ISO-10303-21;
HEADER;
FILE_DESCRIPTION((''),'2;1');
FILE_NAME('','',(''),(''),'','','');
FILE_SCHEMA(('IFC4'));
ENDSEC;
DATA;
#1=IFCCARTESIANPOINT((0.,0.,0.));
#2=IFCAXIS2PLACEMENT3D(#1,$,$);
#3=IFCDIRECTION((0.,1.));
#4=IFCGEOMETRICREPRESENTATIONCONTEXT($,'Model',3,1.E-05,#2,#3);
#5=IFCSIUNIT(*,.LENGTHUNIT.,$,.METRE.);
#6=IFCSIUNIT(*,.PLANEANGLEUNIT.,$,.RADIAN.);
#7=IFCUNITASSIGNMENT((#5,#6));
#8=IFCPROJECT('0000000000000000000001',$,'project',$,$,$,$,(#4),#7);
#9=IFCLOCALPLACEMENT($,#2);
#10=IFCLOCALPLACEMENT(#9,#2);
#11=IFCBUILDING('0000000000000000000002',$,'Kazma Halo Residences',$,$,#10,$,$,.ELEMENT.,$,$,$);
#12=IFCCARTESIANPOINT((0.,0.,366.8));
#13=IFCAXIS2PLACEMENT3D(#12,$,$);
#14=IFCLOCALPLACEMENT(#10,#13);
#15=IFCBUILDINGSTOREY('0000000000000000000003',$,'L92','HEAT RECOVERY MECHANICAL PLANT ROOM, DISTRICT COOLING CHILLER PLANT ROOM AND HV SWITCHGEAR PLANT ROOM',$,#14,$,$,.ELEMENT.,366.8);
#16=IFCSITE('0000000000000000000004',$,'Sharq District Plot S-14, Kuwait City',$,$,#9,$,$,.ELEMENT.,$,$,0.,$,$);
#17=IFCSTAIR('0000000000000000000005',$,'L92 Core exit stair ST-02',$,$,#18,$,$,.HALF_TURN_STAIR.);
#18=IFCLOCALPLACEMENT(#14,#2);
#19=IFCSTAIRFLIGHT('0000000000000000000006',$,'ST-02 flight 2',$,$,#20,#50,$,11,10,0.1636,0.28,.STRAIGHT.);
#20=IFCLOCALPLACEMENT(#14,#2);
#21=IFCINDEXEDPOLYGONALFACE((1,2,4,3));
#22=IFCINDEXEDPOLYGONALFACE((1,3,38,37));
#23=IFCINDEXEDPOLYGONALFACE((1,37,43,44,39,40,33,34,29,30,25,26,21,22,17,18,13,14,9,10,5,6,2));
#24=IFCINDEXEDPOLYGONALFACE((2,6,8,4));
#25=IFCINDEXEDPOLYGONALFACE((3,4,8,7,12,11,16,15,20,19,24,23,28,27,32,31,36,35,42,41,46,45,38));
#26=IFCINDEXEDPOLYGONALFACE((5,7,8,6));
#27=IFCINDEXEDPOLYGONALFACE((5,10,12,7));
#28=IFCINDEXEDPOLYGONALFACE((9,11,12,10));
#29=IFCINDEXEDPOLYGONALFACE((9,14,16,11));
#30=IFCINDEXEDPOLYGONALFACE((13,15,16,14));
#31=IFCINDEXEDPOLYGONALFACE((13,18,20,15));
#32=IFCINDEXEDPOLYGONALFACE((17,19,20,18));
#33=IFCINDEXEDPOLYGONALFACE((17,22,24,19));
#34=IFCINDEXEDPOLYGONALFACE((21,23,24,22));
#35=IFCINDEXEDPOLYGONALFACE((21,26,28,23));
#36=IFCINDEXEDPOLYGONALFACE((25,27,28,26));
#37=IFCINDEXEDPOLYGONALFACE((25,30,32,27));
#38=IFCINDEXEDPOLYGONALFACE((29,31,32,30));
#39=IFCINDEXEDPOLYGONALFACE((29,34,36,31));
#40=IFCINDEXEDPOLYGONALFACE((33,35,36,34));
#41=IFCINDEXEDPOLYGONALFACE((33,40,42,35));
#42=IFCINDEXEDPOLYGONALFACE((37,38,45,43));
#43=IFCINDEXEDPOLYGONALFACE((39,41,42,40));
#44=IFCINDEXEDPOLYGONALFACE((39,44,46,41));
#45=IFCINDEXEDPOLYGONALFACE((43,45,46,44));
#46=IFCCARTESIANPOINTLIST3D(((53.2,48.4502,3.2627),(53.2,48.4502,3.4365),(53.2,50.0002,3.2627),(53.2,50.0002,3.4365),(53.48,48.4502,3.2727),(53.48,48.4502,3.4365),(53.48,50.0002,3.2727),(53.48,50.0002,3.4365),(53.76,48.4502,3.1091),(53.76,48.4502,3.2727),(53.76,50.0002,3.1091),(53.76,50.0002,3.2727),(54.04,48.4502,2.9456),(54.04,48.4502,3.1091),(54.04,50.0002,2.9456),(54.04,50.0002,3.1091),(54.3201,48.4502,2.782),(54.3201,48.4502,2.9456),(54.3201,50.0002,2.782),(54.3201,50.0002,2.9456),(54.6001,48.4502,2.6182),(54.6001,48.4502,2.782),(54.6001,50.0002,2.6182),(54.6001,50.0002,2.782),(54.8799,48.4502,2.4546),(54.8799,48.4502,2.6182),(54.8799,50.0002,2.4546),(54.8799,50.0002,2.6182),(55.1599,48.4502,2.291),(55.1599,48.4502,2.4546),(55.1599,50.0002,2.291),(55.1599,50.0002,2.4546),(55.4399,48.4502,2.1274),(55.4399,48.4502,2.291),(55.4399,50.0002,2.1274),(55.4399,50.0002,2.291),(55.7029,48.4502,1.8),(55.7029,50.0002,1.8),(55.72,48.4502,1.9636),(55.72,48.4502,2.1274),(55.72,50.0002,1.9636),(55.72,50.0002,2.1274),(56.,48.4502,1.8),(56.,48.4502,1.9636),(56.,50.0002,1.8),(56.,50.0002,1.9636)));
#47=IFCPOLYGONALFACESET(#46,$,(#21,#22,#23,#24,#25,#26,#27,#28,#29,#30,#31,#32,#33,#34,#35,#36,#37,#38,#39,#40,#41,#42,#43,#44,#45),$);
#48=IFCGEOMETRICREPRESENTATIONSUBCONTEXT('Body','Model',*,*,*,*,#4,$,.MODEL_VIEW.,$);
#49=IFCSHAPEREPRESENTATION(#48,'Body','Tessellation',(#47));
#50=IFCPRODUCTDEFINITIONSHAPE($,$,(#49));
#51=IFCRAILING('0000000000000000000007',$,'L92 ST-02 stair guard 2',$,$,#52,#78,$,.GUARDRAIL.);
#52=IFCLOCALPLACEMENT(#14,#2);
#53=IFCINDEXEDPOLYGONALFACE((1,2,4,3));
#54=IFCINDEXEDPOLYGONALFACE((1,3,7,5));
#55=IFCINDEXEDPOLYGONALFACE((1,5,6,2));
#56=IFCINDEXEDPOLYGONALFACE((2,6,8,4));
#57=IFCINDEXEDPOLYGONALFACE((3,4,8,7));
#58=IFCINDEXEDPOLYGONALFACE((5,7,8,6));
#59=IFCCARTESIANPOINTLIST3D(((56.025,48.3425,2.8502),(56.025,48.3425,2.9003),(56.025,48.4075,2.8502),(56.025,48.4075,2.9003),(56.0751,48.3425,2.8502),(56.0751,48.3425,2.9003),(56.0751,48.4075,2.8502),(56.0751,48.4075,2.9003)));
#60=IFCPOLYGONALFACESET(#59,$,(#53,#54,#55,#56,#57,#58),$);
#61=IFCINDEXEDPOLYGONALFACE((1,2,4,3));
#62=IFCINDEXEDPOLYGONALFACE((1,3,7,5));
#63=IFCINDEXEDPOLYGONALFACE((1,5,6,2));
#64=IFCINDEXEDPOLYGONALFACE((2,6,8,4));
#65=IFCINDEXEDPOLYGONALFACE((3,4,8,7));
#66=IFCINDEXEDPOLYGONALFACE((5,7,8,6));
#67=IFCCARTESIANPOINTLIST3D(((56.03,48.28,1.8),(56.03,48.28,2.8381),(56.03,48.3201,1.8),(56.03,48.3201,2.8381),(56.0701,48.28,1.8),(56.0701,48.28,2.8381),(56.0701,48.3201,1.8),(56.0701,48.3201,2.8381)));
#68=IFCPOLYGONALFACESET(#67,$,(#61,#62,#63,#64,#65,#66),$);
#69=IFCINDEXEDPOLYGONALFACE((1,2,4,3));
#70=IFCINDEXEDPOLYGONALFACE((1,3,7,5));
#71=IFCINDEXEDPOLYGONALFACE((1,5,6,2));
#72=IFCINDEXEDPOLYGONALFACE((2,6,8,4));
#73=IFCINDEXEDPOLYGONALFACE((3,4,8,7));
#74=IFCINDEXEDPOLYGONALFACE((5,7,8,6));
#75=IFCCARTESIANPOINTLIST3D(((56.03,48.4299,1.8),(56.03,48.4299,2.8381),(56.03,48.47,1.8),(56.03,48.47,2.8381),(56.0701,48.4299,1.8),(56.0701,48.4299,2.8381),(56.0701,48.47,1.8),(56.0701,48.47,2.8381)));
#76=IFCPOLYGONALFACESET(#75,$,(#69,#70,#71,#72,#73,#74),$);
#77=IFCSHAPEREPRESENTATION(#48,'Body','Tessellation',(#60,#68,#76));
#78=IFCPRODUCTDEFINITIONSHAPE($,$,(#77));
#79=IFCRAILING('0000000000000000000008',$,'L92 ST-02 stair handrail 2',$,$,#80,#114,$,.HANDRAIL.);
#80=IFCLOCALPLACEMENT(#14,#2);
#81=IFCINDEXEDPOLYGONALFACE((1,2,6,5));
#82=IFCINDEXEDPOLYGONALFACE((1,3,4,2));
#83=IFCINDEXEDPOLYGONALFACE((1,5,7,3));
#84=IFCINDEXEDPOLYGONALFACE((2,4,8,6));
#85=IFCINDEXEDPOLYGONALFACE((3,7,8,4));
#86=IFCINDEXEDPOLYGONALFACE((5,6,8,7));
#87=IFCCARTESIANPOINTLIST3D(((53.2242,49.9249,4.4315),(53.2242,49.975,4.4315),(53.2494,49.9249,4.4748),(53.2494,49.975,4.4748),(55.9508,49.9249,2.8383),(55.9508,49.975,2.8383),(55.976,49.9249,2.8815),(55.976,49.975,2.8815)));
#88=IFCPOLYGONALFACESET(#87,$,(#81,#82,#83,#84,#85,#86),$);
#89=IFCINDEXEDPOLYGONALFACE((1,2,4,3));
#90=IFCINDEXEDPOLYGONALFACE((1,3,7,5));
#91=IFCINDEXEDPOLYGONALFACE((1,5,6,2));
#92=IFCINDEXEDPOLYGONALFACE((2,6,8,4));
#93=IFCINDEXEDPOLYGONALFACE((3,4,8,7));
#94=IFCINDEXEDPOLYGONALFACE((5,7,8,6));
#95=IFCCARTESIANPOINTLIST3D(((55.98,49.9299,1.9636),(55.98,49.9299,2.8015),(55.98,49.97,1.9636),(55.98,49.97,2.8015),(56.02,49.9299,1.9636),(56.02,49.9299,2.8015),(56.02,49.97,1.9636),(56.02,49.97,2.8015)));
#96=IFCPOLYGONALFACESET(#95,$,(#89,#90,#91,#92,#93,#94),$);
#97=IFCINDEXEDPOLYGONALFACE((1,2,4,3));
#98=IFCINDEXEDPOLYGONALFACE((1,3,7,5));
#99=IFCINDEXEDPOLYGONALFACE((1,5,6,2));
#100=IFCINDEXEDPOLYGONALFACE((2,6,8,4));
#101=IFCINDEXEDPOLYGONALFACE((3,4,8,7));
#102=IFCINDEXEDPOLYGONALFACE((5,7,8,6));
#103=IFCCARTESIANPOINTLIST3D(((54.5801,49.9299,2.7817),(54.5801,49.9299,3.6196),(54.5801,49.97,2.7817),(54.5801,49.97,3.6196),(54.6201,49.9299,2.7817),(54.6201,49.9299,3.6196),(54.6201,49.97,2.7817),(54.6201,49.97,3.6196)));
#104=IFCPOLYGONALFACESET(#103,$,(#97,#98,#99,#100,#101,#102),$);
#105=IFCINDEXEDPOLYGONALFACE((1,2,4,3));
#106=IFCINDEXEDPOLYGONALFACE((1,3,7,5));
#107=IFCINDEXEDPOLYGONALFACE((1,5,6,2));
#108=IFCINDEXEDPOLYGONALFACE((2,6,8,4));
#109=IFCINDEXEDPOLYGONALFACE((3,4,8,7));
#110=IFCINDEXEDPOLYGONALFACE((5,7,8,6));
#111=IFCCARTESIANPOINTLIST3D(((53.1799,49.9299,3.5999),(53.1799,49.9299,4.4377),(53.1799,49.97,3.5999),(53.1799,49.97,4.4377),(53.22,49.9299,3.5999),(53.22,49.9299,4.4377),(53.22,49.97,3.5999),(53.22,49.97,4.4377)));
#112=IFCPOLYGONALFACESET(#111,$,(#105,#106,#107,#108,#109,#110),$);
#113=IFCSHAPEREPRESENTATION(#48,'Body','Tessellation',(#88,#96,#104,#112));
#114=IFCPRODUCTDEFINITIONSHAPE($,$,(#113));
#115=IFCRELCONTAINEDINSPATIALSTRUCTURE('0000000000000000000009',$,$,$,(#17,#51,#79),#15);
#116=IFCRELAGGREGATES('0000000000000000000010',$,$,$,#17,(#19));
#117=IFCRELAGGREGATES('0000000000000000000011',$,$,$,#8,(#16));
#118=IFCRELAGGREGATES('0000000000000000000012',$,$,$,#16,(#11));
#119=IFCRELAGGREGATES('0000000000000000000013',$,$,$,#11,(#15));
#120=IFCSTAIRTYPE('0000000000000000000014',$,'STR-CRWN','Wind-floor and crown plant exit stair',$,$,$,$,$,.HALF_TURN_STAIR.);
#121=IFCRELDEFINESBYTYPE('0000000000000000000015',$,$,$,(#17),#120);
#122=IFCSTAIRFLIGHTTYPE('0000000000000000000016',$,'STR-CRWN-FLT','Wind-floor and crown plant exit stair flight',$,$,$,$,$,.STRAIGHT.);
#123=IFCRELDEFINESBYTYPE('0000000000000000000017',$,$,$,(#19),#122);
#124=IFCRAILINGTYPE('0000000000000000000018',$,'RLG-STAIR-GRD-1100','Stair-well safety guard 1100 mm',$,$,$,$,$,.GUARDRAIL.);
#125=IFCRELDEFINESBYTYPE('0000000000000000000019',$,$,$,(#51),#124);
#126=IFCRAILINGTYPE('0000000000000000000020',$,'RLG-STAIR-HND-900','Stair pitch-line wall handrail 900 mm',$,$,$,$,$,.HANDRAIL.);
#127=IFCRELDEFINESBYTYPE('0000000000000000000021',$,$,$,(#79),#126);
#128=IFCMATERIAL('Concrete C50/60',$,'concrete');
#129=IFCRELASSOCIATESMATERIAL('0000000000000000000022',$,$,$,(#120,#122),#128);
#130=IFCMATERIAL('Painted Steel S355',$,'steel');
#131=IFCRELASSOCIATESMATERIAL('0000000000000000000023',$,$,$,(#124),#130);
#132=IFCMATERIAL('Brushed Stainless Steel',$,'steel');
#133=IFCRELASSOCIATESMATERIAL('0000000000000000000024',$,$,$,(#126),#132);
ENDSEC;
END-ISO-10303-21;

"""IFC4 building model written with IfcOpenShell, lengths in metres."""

from ifc_helpers import new_model, si_unit, direction, frame, origin, origin_2d, place, context, subcontext, project, spatial, polyline, rectangle, outline, extrude, material, type_object, element, aggregate, save


model = new_model("IFC4")

# Units and contexts
model_context = context("Model", 3, precision=1e-05, world=origin(), true_north=direction((0.0, 1.0)))
body_context = subcontext(model_context, "Body", "Model", "MODEL_VIEW")
ifc_project = project(units=[si_unit("LENGTHUNIT", "METRE"), si_unit("PLANEANGLEUNIT", "RADIAN")], contexts=[model_context])

# Site, building, storey
site_placement = place(None, origin())
site = spatial("IfcSite", under=ifc_project, at=site_placement, Name="Sharq District Plot S-14, Kuwait City", CompositionType="ELEMENT", RefElevation=0.0)
building_placement = place(site_placement, origin())
building = spatial("IfcBuilding", under=site, at=building_placement, Name="Kazma Halo Residences", CompositionType="ELEMENT")
storey_placement = place(building_placement, frame((0.0, 0.0, 366.8)))
storey = spatial("IfcBuildingStorey", under=building, at=storey_placement, Name="L92", Description="HEAT RECOVERY MECHANICAL PLANT ROOM, DISTRICT COOLING CHILLER PLANT ROOM AND HV SWITCHGEAR PLANT ROOM", CompositionType="ELEMENT", Elevation=366.8)

# Stair, stair flight
ifc_material_1 = material(Name="Concrete C50/60", Category="concrete")
stair_type = type_object("IfcStairType", Name="STR-CRWN", Description="Wind-floor and crown plant exit stair", PredefinedType="HALF_TURN_STAIR", material=ifc_material_1)
stair_placement = place(storey_placement, origin())
stair = element("IfcStair", 1, at=stair_placement, inside=storey, type_object=stair_type, Name="L92 Core exit stair ST-02", PredefinedType="HALF_TURN_STAIR")
stair_flight_type = type_object("IfcStairFlightType", Name="STR-CRWN-FLT", Description="Wind-floor and crown plant exit stair flight", PredefinedType="STRAIGHT", material=ifc_material_1)
stair_flight_placement = place(storey_placement, frame((56.0, 49.2251, 1.8), z_axis=(0.0, 0.0, 1.0), x_axis=(-1.0, 0.0, 0.0)))
stair_flight = element("IfcStairFlight", 2, at=stair_flight_placement, type_object=stair_flight_type, Name="ST-02 flight 2", NumberOfRisers=11, NumberOfTreads=10, PredefinedType="STRAIGHT", RiserHeight=0.1636, TreadLength=0.28, context=body_context, shape_type="SweptSolid", body=[
    extrude(outline(polyline([(0.0, 0.0), (0.0, 0.1636), (0.28, 0.1636), (0.28, 0.3274), (0.5601, 0.3274), (0.5601, 0.491), (0.8401, 0.491), (0.8401, 0.6545), (1.1201, 0.6545), (1.1201, 0.8181), (1.3999, 0.8181), (1.3999, 0.9819), (1.6799, 0.9819), (1.6799, 1.1455), (1.96, 1.1455), (1.96, 1.3091), (2.24, 1.3091), (2.24, 1.4727), (2.52, 1.4727), (2.52, 1.6365), (2.8, 1.6365), (2.8, 1.8), (2.8, 1.4626), (0.2971, 0.0), (0.0, 0.0)])), frame((0.0, 0.7749, 0.0), z_axis=(0.0, -1.0, 0.0), x_axis=(1.0, 0.0, 0.0)), (0.0, 0.0, 1.0), 1.55),
])
aggregate(stair, [stair_flight])

# Railings
ifc_material_2 = material(Name="Painted Steel S355", Category="steel")
railing_type_1 = type_object("IfcRailingType", Name="RLG-STAIR-GRD-1100", Description="Stair-well safety guard 1100 mm", PredefinedType="GUARDRAIL", material=ifc_material_2)
railing_1_placement = place(storey_placement, frame((56.05, 48.3, 1.8)))
element("IfcRailing", 3, at=railing_1_placement, inside=storey, type_object=railing_type_1, Name="L92 ST-02 stair guard 2", PredefinedType="GUARDRAIL", context=body_context, shape_type="SweptSolid", body=[
    extrude(rectangle(XDim=0.05, YDim=0.05, at=origin_2d()), frame((0.0, 0.0425, 1.0752), z_axis=(0.0, 1.0, 0.0), x_axis=(-1.0, 0.0, 0.0)), (0.0, 0.0, 1.0), 0.0649),
    extrude(rectangle(XDim=0.04, YDim=0.04, at=origin_2d()), origin(), (0.0, 0.0, 1.0), 1.0381),
    extrude(rectangle(XDim=0.04, YDim=0.04, at=origin_2d()), frame((0.0, 0.1499, 0.0)), (0.0, 0.0, 1.0), 1.0381),
])
ifc_material_3 = material(Name="Brushed Stainless Steel", Category="steel")
railing_type_2 = type_object("IfcRailingType", Name="RLG-STAIR-HND-900", Description="Stair pitch-line wall handrail 900 mm", PredefinedType="HANDRAIL", material=ifc_material_3)
railing_2_placement = place(storey_placement, frame((56.0, 49.95, 1.9636)))
element("IfcRailing", 4, at=railing_2_placement, inside=storey, type_object=railing_type_2, Name="L92 ST-02 stair handrail 2", PredefinedType="HANDRAIL", context=body_context, shape_type="SweptSolid", body=[
    extrude(rectangle(XDim=0.05, YDim=0.05, at=origin_2d()), frame((-0.0366, 0.0, 0.8962), z_axis=(-0.863394, 0.0, 0.504531), x_axis=(0.0, -1.0, 0.0)), (0.0, 0.0, 1.0), 3.158),
    extrude(rectangle(XDim=0.04, YDim=0.04, at=origin_2d()), origin(), (0.0, 0.0, 1.0), 0.8379),
    extrude(rectangle(XDim=0.04, YDim=0.04, at=origin_2d()), frame((-1.3999, 0.0, 0.8181)), (0.0, 0.0, 1.0), 0.8379),
    extrude(rectangle(XDim=0.04, YDim=0.04, at=origin_2d()), frame((-2.8, 0.0, 1.6362)), (0.0, 0.0, 1.0), 0.8379),
])

save(model, "model.ifc")
